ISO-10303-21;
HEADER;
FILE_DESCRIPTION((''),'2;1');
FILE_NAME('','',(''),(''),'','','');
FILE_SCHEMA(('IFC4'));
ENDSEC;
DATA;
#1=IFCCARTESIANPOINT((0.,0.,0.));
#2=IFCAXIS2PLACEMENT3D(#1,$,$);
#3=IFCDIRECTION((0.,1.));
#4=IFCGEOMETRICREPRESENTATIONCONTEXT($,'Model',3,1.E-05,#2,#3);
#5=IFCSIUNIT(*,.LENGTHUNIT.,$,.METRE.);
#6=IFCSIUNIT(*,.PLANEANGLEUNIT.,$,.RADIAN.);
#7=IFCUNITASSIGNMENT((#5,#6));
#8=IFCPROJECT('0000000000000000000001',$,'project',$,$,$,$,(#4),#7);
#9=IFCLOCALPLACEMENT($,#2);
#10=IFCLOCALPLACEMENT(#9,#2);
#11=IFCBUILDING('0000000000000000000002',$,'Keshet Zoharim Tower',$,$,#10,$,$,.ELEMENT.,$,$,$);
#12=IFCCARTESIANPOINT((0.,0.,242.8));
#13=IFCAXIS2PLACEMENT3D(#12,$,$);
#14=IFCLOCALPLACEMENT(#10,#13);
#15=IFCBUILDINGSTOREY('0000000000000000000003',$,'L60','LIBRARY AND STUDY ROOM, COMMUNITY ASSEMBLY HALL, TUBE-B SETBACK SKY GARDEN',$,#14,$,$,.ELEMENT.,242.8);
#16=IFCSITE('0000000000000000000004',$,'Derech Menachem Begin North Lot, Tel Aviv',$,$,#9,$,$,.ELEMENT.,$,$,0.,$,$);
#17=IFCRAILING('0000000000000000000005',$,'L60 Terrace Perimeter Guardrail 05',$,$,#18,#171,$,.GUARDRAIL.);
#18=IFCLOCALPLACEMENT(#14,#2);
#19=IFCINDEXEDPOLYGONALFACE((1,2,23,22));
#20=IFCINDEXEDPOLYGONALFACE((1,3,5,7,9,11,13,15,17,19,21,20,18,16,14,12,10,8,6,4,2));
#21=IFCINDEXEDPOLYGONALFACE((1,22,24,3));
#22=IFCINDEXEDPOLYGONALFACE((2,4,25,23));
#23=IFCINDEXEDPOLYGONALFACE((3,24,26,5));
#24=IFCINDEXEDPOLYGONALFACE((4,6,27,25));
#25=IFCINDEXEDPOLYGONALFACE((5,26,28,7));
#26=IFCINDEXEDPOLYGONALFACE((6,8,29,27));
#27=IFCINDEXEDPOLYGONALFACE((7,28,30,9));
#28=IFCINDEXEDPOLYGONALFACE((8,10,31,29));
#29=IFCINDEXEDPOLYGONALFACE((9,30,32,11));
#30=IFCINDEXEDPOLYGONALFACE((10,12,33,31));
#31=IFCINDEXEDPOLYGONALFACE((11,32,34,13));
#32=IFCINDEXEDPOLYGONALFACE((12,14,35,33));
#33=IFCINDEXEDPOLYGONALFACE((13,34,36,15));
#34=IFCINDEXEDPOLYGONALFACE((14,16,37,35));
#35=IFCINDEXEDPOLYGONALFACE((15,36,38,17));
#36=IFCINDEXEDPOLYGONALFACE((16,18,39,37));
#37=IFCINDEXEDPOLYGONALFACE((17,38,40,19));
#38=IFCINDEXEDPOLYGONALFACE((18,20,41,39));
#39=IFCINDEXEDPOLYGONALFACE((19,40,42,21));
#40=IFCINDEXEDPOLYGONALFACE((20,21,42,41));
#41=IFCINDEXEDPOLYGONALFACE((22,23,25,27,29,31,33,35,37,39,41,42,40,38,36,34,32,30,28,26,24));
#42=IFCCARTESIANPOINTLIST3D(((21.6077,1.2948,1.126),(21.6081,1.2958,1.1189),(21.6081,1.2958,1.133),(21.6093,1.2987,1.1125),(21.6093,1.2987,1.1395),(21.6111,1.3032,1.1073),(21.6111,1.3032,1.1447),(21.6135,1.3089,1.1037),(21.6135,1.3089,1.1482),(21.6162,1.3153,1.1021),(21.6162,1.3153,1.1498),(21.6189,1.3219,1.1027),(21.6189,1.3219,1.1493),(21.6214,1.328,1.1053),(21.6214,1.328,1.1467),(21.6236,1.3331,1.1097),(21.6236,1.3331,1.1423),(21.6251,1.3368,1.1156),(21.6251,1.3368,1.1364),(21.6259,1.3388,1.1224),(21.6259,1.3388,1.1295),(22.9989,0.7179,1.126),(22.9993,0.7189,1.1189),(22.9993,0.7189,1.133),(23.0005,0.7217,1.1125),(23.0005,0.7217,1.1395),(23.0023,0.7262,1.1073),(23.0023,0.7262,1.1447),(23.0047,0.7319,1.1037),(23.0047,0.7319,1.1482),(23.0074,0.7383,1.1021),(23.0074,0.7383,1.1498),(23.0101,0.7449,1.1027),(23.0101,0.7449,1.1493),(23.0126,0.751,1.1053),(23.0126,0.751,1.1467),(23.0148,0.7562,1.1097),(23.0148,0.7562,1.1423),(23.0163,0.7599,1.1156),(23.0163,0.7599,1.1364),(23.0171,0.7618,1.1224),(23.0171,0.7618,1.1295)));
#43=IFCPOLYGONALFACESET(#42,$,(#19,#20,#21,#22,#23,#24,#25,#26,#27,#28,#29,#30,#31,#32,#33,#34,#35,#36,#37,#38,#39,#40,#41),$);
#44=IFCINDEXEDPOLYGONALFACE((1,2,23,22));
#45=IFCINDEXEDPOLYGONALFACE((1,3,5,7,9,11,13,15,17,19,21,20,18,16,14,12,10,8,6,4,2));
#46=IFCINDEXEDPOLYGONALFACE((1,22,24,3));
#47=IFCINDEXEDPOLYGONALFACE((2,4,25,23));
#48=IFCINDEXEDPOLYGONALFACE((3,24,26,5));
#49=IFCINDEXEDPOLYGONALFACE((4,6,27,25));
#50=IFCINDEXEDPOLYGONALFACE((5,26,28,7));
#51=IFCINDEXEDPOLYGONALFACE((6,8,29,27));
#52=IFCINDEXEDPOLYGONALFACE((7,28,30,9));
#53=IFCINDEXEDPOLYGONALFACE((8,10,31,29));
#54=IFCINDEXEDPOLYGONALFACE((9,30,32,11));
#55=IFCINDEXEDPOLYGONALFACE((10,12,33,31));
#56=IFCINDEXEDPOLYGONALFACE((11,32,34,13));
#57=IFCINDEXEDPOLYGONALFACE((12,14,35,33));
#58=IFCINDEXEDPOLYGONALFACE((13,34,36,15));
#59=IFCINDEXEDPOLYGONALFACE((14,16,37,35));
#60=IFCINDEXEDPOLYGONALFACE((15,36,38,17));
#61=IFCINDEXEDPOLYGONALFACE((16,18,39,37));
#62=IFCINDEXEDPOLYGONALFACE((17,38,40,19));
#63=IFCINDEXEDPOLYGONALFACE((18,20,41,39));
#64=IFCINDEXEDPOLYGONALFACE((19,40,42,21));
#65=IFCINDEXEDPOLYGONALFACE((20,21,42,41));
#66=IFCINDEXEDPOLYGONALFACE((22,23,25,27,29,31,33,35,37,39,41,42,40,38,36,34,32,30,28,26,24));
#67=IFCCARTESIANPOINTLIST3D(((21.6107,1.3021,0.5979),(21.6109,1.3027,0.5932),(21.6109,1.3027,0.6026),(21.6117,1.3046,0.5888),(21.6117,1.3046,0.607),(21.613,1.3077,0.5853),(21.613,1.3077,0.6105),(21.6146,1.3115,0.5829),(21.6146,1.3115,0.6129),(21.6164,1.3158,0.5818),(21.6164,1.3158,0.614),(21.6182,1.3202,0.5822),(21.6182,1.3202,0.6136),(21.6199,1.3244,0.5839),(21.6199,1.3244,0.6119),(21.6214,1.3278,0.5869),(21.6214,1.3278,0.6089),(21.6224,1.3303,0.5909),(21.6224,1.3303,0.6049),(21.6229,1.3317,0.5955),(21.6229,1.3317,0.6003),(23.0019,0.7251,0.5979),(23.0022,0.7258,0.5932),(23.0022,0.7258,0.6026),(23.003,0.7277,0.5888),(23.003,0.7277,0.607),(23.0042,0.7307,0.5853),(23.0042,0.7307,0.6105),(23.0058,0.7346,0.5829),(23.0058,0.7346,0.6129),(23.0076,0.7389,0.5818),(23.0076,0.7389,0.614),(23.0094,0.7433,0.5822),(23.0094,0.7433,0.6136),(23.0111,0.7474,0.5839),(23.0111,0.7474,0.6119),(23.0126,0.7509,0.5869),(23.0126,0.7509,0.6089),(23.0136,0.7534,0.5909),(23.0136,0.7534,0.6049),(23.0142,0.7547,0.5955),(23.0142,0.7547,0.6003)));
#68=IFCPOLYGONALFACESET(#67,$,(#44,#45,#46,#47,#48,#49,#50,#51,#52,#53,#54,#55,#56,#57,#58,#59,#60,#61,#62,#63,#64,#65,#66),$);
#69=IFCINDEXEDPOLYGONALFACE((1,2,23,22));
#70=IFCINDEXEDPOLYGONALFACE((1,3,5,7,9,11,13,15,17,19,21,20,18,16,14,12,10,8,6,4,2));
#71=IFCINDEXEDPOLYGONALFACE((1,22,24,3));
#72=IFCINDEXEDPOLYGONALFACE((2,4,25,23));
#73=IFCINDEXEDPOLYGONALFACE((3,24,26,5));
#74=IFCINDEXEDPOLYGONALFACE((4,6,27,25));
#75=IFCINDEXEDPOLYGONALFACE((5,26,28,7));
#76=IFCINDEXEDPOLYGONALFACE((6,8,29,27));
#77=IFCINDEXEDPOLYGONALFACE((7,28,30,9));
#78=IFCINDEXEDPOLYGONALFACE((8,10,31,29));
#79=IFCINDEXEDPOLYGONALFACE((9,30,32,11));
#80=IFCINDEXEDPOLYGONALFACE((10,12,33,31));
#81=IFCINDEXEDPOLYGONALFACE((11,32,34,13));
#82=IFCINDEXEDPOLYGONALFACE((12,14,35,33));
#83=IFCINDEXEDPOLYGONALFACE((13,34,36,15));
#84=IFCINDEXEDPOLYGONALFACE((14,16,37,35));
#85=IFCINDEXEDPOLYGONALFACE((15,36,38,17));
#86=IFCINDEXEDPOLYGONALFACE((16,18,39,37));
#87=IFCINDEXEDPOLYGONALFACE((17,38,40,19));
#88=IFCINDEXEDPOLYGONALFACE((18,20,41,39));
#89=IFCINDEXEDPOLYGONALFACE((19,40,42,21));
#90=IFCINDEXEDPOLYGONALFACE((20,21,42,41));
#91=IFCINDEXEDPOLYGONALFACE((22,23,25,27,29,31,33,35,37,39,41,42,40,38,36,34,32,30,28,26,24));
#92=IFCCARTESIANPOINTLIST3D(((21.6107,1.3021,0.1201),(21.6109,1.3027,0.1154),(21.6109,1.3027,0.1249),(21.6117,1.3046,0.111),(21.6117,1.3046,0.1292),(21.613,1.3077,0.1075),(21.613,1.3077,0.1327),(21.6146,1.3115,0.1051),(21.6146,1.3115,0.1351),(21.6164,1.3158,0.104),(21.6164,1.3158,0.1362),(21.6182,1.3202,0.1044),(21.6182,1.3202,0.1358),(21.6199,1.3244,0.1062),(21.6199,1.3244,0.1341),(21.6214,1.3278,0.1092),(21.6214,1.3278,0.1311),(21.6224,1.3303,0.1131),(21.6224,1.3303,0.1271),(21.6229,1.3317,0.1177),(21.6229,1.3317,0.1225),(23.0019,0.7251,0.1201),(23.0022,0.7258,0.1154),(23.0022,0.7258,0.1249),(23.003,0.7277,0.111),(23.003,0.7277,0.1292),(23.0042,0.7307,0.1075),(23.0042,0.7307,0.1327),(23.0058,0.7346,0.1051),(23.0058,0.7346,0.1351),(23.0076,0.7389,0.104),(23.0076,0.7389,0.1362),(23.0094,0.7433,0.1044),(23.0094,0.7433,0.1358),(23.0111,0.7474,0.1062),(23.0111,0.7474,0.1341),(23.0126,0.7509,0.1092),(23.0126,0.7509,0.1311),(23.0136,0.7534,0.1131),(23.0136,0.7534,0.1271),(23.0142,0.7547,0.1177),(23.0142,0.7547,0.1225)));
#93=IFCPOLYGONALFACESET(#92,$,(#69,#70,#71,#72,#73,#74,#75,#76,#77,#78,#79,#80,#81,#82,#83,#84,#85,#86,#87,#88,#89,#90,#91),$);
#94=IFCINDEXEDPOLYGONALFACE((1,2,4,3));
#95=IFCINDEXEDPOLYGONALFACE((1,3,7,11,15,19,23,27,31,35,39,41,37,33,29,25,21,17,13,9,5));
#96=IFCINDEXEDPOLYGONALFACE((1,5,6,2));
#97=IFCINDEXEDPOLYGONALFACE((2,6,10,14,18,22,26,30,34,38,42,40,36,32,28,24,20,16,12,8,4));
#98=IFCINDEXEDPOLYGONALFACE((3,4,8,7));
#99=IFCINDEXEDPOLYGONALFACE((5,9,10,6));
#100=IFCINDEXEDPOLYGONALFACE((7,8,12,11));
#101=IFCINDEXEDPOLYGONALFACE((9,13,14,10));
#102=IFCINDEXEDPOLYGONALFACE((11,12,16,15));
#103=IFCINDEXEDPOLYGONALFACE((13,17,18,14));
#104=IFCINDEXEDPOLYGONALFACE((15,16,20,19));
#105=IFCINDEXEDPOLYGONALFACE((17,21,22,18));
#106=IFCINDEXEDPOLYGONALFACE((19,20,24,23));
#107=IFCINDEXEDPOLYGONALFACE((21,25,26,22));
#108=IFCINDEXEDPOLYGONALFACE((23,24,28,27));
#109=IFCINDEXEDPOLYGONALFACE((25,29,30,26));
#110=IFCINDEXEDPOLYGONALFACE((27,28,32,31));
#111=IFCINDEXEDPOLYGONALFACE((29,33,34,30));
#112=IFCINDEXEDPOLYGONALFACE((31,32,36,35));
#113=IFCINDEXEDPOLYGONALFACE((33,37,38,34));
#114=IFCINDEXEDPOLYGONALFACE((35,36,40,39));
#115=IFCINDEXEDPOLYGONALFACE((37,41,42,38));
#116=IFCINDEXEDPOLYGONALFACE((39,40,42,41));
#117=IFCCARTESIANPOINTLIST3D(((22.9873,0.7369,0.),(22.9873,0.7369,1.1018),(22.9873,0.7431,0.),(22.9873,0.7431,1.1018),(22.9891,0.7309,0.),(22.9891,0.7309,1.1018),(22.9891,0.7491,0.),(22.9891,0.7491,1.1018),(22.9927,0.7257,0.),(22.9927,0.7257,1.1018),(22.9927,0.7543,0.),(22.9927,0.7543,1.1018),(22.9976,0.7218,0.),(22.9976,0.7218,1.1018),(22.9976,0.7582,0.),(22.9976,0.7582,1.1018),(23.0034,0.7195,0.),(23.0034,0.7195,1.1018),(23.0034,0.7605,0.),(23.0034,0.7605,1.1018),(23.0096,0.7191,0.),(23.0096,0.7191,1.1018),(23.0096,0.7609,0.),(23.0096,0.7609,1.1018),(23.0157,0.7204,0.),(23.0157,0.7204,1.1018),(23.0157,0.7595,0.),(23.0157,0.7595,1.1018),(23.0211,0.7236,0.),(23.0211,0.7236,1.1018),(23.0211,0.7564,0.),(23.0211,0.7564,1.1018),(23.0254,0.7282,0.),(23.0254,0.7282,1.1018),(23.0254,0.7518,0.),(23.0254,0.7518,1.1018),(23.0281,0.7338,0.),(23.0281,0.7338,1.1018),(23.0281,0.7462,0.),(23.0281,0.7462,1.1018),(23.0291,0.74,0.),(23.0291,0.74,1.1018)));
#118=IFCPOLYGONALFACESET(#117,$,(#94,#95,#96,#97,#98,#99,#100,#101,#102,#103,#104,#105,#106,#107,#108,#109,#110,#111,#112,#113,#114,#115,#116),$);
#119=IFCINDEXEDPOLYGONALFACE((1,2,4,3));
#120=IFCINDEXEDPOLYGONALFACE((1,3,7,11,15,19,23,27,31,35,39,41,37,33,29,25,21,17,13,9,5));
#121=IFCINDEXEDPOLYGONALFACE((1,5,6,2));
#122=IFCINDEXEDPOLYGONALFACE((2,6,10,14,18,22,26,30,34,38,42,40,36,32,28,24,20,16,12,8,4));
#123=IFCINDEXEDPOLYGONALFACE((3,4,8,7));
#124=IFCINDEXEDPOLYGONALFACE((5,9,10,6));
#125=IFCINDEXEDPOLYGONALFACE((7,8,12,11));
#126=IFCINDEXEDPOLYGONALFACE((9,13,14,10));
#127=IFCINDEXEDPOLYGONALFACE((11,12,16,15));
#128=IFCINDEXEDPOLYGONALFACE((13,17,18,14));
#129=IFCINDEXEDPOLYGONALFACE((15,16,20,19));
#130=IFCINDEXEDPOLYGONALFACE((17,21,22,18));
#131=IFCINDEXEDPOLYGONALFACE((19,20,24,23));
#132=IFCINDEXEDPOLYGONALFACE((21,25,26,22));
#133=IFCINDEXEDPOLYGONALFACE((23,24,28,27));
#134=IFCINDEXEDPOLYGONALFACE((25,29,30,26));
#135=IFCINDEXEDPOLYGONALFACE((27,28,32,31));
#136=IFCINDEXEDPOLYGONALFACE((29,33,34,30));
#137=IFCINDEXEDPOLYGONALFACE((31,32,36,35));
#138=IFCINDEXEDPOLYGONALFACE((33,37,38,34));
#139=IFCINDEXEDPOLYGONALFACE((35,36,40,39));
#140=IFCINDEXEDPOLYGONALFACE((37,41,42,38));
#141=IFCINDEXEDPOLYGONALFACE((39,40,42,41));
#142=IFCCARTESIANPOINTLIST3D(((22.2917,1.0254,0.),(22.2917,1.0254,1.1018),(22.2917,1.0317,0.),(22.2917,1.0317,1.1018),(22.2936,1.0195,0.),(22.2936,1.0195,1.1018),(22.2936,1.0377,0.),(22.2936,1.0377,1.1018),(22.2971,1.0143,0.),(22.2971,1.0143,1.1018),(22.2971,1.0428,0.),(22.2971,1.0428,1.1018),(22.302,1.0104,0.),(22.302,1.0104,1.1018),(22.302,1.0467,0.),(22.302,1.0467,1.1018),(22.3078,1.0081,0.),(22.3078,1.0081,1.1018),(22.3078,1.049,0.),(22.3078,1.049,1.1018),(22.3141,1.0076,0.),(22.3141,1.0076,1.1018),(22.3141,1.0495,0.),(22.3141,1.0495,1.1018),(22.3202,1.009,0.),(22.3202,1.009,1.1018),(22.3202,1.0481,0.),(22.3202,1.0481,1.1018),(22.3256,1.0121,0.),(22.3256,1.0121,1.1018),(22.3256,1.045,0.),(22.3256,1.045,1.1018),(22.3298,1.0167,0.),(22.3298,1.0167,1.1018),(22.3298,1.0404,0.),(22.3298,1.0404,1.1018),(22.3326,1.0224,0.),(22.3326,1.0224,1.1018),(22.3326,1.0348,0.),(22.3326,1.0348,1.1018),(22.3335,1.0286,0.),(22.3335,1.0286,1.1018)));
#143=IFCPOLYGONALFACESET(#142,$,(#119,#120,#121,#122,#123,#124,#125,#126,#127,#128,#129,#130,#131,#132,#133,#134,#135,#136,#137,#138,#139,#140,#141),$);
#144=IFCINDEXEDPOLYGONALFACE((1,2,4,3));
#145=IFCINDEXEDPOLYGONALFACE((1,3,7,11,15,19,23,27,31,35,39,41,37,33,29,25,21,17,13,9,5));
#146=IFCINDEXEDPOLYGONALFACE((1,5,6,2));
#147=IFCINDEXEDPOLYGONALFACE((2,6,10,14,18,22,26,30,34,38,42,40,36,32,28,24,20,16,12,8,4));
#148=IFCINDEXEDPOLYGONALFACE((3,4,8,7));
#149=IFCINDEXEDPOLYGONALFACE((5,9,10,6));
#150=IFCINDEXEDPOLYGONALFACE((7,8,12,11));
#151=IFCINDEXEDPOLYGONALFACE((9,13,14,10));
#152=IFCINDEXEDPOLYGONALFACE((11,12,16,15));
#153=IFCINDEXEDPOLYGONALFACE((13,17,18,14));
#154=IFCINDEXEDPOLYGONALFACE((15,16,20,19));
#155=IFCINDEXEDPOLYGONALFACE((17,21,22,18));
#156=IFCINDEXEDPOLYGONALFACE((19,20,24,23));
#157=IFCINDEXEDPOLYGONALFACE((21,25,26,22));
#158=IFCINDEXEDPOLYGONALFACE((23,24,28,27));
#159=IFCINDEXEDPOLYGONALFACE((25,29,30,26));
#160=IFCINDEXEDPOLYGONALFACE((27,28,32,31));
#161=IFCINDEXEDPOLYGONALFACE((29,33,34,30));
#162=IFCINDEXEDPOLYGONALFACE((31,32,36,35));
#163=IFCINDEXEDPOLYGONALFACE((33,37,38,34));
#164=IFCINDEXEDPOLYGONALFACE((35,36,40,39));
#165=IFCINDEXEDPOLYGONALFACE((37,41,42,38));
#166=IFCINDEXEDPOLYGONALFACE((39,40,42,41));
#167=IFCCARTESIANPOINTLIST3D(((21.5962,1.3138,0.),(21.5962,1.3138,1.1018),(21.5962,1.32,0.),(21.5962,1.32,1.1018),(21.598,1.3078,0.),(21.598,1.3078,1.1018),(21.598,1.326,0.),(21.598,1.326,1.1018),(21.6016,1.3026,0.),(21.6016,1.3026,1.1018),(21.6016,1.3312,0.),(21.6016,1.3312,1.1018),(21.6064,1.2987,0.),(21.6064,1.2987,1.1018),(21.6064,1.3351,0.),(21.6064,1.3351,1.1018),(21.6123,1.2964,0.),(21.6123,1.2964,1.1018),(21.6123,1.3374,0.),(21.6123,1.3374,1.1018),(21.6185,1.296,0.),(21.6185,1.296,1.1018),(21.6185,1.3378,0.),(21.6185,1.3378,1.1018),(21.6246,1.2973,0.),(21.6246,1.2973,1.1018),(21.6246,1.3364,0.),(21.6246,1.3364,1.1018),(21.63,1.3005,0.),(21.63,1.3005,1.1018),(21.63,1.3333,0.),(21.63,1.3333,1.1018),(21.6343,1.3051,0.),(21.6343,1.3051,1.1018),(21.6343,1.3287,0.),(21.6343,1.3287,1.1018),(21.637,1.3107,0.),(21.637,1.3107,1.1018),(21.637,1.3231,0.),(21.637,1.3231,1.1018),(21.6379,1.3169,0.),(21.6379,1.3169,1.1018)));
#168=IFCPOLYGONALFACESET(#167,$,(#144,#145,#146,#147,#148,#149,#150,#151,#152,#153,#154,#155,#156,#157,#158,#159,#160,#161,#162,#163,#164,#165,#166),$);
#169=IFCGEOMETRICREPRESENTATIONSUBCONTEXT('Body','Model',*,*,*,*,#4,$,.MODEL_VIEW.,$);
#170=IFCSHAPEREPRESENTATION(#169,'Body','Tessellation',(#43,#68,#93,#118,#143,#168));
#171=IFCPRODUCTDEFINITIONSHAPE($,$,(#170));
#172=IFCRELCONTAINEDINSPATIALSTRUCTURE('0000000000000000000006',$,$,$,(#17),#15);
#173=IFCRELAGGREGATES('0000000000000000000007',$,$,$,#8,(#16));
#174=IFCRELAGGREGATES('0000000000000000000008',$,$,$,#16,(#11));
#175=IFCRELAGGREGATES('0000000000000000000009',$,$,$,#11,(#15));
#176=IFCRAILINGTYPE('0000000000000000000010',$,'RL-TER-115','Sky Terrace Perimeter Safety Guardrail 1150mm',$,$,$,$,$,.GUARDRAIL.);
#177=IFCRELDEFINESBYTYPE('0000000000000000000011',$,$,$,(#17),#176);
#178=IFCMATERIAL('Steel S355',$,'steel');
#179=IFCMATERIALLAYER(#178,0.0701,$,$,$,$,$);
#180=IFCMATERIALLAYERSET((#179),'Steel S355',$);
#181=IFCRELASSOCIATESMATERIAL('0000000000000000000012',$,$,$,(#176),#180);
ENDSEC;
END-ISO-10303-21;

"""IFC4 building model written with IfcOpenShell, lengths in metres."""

from ifc_helpers import new_model, si_unit, direction, frame, origin, origin_2d, place, context, subcontext, project, spatial, circle, extrude, material, layer, layer_set, type_object, element, save


model = new_model("IFC4")

# Units and contexts
model_context = context("Model", 3, precision=1e-05, world=origin(), true_north=direction((0.0, 1.0)))
body_context = subcontext(model_context, "Body", "Model", "MODEL_VIEW")
ifc_project = project(units=[si_unit("LENGTHUNIT", "METRE"), si_unit("PLANEANGLEUNIT", "RADIAN")], contexts=[model_context])

# Site, building, storey
site_placement = place(None, origin())
site = spatial("IfcSite", under=ifc_project, at=site_placement, Name="Derech Menachem Begin North Lot, Tel Aviv", CompositionType="ELEMENT", RefElevation=0.0)
building_placement = place(site_placement, origin())
building = spatial("IfcBuilding", under=site, at=building_placement, Name="Keshet Zoharim Tower", CompositionType="ELEMENT")
storey_placement = place(building_placement, frame((0.0, 0.0, 242.8)))
storey = spatial("IfcBuildingStorey", under=building, at=storey_placement, Name="L60", Description="LIBRARY AND STUDY ROOM, COMMUNITY ASSEMBLY HALL, TUBE-B SETBACK SKY GARDEN", CompositionType="ELEMENT", Elevation=242.8)

# Shared definitions
ifc_material_1 = material(Name="Steel S355", Category="steel")

# Railing
ifc_layer_1 = layer(ifc_material_1, 0.0701)
ifc_layer_set_1 = layer_set([ifc_layer_1], Name="Steel S355")
railing_type = type_object("IfcRailingType", Name="RL-TER-115", Description="Sky Terrace Perimeter Safety Guardrail 1150mm", PredefinedType="GUARDRAIL", material=ifc_layer_set_1)
railing_1_placement = place(storey_placement, frame((23.0081, 0.74, 0.0)))
element("IfcRailing", 1, at=railing_1_placement, inside=storey, type_object=railing_type, Name="L60 Terrace Perimeter Guardrail 05", PredefinedType="GUARDRAIL", context=body_context, shape_type="SweptSolid", body=[
    extrude(circle(Radius=0.0239, at=origin_2d()), frame((0.0, 0.0, 1.126), z_axis=(-0.923718, 0.383072, 0.0), x_axis=(-0.383072, -0.923718, 0.0)), (0.0, 0.0, 1.0), 1.5061),
    extrude(circle(Radius=0.0161, at=origin_2d()), frame((0.0, 0.0, 0.5979), z_axis=(-0.923718, 0.383072, 0.0), x_axis=(-0.383072, -0.923718, 0.0)), (0.0, 0.0, 1.0), 1.5061),
    extrude(circle(Radius=0.0161, at=origin_2d()), frame((0.0, 0.0, 0.1201), z_axis=(-0.923718, 0.383072, 0.0), x_axis=(-0.383072, -0.923718, 0.0)), (0.0, 0.0, 1.0), 1.5061),
    extrude(circle(Radius=0.021, at=origin_2d()), origin(), (0.0, 0.0, 1.0), 1.1018),
    extrude(circle(Radius=0.021, at=origin_2d()), frame((-0.6956, 0.2886, 0.0)), (0.0, 0.0, 1.0), 1.1018),
    extrude(circle(Radius=0.021, at=origin_2d()), frame((-1.3911, 0.5769, 0.0)), (0.0, 0.0, 1.0), 1.1018),
])

save(model, "model.ifc")
